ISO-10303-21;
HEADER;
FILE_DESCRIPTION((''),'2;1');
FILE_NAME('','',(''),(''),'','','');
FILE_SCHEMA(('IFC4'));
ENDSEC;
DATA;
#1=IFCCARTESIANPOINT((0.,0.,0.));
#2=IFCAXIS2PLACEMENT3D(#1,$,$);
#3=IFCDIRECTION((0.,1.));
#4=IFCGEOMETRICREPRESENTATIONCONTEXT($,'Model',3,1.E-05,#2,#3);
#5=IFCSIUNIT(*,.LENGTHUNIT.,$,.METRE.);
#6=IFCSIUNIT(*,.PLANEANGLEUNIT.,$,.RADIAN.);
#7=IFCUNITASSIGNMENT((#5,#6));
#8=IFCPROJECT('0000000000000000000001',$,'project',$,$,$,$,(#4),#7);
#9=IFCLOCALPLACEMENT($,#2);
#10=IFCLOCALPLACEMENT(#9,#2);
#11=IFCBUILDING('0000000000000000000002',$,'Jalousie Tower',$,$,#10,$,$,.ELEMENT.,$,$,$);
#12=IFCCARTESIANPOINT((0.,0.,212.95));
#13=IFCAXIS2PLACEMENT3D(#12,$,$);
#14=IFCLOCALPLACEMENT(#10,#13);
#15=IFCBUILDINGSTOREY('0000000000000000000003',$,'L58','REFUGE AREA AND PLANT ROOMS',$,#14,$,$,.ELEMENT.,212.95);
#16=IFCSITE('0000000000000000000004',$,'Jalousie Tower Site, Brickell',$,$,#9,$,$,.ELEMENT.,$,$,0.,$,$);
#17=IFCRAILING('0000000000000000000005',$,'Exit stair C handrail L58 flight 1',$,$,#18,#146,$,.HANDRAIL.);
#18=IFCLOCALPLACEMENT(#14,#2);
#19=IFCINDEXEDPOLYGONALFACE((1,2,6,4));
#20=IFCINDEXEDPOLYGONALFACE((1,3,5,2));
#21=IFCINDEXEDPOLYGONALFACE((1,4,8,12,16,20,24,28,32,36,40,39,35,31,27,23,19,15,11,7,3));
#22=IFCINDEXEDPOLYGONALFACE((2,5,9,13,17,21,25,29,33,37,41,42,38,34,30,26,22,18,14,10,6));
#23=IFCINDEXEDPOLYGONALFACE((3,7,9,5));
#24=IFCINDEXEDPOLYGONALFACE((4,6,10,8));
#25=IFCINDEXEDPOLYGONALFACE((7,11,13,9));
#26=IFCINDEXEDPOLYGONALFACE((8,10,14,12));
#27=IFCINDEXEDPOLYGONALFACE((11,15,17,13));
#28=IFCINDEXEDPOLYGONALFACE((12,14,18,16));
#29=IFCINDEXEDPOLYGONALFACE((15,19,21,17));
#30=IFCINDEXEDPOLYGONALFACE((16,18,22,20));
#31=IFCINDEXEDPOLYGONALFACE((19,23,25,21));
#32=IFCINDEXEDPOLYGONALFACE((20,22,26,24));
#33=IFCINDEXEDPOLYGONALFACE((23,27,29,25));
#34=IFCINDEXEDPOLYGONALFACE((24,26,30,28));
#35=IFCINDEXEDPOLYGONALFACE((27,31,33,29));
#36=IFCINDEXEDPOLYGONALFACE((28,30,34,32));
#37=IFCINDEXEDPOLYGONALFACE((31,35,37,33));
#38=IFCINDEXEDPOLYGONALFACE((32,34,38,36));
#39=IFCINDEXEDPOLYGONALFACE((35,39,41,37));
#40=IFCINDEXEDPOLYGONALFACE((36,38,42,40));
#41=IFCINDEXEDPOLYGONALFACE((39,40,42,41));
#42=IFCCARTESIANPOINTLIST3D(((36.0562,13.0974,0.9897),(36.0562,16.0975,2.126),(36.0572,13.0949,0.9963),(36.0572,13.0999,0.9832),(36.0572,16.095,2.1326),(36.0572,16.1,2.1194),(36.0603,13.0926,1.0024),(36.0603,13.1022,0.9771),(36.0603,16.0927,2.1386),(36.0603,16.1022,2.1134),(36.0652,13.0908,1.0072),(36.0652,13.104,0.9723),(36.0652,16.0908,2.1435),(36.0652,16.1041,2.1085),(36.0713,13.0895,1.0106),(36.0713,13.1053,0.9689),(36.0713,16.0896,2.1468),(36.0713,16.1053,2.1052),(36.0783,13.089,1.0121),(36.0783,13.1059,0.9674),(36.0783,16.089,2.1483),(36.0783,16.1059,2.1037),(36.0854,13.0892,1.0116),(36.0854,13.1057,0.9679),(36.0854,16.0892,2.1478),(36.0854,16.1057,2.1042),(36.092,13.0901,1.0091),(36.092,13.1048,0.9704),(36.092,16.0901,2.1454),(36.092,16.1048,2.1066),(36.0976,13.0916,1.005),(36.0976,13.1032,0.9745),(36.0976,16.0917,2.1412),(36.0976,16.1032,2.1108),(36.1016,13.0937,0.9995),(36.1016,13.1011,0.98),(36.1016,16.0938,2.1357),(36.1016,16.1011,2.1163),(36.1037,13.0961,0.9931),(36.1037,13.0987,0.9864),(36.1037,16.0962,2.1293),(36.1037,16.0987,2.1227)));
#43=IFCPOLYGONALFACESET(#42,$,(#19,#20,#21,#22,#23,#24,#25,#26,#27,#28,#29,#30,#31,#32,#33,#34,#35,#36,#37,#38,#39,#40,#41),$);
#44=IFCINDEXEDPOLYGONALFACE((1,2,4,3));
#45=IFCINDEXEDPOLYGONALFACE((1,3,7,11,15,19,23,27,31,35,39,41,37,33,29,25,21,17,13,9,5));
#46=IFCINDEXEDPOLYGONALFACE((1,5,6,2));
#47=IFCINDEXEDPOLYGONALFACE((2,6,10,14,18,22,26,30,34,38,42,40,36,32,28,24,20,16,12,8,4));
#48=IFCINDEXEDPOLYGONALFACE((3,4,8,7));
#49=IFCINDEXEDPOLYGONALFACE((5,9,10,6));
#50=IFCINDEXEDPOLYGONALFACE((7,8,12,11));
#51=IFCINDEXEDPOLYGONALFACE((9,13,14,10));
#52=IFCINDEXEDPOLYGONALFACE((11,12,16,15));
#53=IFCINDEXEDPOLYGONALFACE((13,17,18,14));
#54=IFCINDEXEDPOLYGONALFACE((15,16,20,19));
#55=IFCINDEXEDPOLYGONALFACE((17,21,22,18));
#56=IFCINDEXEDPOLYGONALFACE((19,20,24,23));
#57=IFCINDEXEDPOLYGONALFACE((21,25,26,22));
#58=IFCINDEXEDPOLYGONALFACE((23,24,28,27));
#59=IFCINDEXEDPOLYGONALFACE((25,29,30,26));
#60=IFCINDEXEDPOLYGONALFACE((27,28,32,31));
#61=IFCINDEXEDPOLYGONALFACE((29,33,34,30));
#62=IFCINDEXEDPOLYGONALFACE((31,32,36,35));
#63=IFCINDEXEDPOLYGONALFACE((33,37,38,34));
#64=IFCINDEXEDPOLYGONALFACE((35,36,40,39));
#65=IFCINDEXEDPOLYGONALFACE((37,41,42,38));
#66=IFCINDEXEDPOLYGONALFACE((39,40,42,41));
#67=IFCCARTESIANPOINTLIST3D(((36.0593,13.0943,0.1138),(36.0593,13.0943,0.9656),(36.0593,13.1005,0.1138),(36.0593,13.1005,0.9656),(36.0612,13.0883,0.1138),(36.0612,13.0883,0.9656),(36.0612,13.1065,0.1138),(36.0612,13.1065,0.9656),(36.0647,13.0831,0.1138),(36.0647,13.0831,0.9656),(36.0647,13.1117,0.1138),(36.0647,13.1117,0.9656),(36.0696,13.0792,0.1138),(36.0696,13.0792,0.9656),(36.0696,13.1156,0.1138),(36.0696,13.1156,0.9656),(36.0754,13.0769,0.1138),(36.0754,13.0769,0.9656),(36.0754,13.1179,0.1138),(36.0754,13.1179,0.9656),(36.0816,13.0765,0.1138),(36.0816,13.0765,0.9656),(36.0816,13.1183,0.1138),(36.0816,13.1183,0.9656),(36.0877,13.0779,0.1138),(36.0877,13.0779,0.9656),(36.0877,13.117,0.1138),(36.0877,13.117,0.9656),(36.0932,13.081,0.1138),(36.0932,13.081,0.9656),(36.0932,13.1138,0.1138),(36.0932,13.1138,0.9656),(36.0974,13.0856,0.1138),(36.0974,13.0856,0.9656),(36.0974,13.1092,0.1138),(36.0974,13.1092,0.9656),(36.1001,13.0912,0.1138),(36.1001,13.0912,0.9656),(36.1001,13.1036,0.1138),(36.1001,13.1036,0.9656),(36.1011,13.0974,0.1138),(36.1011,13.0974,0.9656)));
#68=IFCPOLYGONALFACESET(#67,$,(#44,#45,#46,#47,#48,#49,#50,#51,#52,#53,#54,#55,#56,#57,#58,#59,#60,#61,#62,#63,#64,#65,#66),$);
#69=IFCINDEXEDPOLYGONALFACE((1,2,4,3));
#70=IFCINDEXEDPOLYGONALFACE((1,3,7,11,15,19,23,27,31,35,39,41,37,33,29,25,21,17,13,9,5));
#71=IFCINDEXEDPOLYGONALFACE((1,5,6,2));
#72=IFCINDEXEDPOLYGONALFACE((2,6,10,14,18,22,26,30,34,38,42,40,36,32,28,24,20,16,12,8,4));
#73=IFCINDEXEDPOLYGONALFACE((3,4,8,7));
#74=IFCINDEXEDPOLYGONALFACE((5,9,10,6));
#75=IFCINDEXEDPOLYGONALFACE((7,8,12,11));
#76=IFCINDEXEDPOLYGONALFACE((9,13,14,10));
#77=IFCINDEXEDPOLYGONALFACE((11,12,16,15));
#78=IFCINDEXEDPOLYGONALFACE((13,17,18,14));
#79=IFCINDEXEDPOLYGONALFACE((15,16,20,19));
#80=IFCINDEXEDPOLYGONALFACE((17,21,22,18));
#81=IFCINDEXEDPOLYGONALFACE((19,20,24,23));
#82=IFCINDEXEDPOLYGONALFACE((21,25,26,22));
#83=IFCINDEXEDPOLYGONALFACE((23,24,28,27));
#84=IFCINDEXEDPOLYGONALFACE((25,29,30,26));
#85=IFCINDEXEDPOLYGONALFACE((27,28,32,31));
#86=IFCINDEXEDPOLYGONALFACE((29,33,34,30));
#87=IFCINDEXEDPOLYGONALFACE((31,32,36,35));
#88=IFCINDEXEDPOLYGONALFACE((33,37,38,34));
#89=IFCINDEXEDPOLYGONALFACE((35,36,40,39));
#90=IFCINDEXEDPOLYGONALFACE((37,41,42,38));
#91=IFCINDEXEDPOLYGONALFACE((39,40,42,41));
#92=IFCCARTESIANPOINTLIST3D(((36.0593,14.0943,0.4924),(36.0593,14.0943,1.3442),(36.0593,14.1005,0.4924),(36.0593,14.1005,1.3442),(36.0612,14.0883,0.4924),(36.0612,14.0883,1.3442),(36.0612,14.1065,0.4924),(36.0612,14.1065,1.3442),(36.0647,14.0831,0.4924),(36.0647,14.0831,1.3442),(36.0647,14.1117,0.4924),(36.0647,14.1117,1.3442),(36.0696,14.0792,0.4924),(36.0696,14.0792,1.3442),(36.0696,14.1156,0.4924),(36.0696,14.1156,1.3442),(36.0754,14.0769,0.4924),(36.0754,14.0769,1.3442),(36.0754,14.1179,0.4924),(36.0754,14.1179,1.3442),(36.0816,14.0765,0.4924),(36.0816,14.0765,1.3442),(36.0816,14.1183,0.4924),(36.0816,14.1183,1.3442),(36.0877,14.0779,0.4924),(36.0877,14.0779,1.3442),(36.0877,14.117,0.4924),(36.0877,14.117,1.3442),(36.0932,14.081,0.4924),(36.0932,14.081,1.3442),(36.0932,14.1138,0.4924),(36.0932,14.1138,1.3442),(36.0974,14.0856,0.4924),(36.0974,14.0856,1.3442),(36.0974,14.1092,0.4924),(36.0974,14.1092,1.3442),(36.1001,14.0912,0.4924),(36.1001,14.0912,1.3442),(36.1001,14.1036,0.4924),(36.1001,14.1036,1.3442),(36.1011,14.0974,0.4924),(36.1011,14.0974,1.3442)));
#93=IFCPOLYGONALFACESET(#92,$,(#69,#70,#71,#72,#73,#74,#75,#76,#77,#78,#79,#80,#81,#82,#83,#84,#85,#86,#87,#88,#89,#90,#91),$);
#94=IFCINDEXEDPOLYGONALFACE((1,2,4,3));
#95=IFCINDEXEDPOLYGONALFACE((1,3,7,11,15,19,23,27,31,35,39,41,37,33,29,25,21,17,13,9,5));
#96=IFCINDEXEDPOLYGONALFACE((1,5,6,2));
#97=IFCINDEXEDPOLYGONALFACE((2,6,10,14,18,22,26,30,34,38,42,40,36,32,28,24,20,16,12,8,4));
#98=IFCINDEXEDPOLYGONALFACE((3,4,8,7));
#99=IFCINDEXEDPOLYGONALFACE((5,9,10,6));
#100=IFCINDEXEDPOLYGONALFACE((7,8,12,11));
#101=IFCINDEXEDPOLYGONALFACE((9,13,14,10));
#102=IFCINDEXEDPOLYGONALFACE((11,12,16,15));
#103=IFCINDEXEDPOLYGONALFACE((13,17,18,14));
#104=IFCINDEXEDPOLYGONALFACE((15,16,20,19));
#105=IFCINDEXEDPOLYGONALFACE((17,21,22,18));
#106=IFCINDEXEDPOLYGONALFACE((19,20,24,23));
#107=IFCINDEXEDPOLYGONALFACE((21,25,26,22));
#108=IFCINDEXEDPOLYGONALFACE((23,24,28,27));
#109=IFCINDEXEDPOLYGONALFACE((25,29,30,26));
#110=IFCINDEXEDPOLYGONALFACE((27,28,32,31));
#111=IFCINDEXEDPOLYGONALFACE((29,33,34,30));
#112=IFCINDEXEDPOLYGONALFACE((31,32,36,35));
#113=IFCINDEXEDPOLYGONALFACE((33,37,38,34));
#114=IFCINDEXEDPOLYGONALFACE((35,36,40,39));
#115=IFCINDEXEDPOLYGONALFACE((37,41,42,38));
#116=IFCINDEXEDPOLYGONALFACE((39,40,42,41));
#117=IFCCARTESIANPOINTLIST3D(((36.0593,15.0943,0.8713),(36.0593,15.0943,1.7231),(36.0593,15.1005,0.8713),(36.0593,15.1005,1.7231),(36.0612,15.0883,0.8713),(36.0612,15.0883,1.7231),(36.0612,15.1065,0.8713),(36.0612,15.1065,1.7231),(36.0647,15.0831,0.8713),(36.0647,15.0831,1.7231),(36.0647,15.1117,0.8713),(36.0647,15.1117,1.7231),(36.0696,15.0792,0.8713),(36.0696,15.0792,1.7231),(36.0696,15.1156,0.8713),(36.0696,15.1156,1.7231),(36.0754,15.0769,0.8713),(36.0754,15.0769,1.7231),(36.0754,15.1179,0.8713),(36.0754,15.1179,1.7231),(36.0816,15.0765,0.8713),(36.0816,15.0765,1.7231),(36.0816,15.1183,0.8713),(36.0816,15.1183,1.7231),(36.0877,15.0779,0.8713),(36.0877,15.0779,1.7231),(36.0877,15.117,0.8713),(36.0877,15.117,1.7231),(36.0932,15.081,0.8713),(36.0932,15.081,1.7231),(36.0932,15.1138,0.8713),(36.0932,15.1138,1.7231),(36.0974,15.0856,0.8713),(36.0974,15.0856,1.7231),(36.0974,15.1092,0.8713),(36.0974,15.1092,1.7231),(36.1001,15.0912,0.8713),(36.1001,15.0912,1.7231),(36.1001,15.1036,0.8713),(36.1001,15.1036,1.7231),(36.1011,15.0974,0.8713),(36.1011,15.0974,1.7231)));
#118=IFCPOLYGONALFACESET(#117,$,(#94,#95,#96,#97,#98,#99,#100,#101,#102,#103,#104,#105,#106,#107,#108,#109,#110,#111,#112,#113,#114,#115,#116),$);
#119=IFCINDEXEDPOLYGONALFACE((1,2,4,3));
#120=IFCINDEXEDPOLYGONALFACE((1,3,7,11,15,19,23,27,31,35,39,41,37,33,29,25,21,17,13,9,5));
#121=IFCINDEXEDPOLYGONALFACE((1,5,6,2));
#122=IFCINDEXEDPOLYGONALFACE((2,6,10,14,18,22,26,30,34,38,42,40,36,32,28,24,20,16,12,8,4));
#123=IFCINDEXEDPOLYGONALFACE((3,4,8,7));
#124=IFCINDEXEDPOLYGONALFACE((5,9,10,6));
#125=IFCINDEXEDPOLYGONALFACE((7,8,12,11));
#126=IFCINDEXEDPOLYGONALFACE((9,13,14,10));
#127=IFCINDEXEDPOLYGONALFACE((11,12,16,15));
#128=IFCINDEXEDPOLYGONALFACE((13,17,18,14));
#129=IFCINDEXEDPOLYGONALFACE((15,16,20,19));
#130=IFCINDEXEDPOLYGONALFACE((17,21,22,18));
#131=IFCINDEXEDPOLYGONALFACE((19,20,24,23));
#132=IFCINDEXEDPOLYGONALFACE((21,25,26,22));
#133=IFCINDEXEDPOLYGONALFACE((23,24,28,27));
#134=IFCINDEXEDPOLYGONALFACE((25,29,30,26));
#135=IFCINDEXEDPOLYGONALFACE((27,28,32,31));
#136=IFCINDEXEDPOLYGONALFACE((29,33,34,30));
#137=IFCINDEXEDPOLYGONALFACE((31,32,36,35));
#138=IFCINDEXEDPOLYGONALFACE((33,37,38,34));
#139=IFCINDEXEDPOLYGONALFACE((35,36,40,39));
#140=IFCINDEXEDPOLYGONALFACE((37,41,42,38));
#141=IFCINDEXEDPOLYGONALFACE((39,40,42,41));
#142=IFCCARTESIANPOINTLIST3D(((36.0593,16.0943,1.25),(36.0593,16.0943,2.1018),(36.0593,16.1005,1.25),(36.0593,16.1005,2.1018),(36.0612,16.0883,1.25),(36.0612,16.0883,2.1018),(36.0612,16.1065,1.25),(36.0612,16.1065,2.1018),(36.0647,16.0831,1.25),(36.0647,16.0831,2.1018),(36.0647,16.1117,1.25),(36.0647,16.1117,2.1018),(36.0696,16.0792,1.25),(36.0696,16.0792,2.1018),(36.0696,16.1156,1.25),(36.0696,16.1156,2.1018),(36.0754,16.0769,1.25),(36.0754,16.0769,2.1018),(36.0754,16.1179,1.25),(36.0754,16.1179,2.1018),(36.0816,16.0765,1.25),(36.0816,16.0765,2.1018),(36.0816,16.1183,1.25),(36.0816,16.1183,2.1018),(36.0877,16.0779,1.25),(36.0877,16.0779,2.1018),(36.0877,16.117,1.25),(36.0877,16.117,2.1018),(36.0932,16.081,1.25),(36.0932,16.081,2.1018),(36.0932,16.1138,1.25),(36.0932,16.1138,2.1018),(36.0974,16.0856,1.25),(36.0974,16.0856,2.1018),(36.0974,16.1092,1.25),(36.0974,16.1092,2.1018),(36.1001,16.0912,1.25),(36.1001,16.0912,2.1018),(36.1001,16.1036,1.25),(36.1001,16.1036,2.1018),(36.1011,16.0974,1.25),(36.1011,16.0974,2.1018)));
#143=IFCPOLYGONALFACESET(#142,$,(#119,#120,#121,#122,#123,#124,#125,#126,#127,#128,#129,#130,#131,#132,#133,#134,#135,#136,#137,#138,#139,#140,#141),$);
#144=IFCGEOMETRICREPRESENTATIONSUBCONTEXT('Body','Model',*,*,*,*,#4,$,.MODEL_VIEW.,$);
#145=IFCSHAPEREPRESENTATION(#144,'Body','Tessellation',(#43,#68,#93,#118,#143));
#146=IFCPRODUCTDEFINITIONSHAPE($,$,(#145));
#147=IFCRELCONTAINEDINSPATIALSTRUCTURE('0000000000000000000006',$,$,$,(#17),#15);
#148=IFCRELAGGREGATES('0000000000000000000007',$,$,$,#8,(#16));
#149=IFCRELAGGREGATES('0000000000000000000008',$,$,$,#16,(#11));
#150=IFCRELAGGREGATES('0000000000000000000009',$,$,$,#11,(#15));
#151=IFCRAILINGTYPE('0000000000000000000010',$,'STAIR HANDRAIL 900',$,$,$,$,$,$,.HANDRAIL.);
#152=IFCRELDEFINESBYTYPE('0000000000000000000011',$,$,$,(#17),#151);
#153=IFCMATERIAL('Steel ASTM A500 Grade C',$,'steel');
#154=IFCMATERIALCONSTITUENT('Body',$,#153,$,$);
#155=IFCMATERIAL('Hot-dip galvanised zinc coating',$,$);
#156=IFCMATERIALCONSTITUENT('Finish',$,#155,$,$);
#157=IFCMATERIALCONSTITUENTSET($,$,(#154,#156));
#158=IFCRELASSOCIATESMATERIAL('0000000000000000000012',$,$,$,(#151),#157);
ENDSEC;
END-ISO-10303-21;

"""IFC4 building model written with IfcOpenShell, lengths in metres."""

from ifc_helpers import new_model, si_unit, direction, frame, origin, origin_2d, place, context, subcontext, project, spatial, circle, extrude, material, constituent, constituent_set, type_object, element, save


model = new_model("IFC4")

# Units and contexts
model_context = context("Model", 3, precision=1e-05, world=origin(), true_north=direction((0.0, 1.0)))
body_context = subcontext(model_context, "Body", "Model", "MODEL_VIEW")
ifc_project = project(units=[si_unit("LENGTHUNIT", "METRE"), si_unit("PLANEANGLEUNIT", "RADIAN")], contexts=[model_context])

# Site, building, storey
site_placement = place(None, origin())
site = spatial("IfcSite", under=ifc_project, at=site_placement, Name="Jalousie Tower Site, Brickell", CompositionType="ELEMENT", RefElevation=0.0)
building_placement = place(site_placement, origin())
building = spatial("IfcBuilding", under=site, at=building_placement, Name="Jalousie Tower", CompositionType="ELEMENT")
storey_placement = place(building_placement, frame((0.0, 0.0, 212.95)))
storey = spatial("IfcBuildingStorey", under=building, at=storey_placement, Name="L58", Description="REFUGE AREA AND PLANT ROOMS", CompositionType="ELEMENT", Elevation=212.95)

# Railing
ifc_material_1 = material(Name="Steel ASTM A500 Grade C", Category="steel")
ifc_constituent_1 = constituent(ifc_material_1, Name="Body")
ifc_material_2 = material(Name="Hot-dip galvanised zinc coating")
ifc_constituent_2 = constituent(ifc_material_2, Name="Finish")
ifc_constituent_set_1 = constituent_set(constituents=[ifc_constituent_1, ifc_constituent_2])
railing_type_1 = type_object("IfcRailingType", Name="STAIR HANDRAIL 900", PredefinedType="HANDRAIL", material=ifc_constituent_set_1)
railing_1_placement = place(storey_placement, frame((36.0801, 13.0974, 0.1138)))
element("IfcRailing", 1, at=railing_1_placement, inside=storey, type_object=railing_type_1, Name="Exit stair C handrail L58 flight 1", PredefinedType="HANDRAIL", context=body_context, shape_type="SweptSolid", body=[
    extrude(circle(Radius=0.0239, at=origin_2d()), frame((0.0, 0.0, 0.876), z_axis=(0.0, 0.935173, 0.354191), x_axis=(-1.0, 0.0, 0.0)), (0.0, 0.0, 1.0), 3.208),
    extrude(circle(Radius=0.021, at=origin_2d()), origin(), (0.0, 0.0, 1.0), 0.8518),
    extrude(circle(Radius=0.021, at=origin_2d()), frame((0.0, 1.0, 0.3787)), (0.0, 0.0, 1.0), 0.8518),
    extrude(circle(Radius=0.021, at=origin_2d()), frame((0.0, 2.0, 0.7576)), (0.0, 0.0, 1.0), 0.8518),
    extrude(circle(Radius=0.021, at=origin_2d()), frame((0.0, 3.0, 1.1362)), (0.0, 0.0, 1.0), 0.8518),
])

save(model, "model.ifc")
